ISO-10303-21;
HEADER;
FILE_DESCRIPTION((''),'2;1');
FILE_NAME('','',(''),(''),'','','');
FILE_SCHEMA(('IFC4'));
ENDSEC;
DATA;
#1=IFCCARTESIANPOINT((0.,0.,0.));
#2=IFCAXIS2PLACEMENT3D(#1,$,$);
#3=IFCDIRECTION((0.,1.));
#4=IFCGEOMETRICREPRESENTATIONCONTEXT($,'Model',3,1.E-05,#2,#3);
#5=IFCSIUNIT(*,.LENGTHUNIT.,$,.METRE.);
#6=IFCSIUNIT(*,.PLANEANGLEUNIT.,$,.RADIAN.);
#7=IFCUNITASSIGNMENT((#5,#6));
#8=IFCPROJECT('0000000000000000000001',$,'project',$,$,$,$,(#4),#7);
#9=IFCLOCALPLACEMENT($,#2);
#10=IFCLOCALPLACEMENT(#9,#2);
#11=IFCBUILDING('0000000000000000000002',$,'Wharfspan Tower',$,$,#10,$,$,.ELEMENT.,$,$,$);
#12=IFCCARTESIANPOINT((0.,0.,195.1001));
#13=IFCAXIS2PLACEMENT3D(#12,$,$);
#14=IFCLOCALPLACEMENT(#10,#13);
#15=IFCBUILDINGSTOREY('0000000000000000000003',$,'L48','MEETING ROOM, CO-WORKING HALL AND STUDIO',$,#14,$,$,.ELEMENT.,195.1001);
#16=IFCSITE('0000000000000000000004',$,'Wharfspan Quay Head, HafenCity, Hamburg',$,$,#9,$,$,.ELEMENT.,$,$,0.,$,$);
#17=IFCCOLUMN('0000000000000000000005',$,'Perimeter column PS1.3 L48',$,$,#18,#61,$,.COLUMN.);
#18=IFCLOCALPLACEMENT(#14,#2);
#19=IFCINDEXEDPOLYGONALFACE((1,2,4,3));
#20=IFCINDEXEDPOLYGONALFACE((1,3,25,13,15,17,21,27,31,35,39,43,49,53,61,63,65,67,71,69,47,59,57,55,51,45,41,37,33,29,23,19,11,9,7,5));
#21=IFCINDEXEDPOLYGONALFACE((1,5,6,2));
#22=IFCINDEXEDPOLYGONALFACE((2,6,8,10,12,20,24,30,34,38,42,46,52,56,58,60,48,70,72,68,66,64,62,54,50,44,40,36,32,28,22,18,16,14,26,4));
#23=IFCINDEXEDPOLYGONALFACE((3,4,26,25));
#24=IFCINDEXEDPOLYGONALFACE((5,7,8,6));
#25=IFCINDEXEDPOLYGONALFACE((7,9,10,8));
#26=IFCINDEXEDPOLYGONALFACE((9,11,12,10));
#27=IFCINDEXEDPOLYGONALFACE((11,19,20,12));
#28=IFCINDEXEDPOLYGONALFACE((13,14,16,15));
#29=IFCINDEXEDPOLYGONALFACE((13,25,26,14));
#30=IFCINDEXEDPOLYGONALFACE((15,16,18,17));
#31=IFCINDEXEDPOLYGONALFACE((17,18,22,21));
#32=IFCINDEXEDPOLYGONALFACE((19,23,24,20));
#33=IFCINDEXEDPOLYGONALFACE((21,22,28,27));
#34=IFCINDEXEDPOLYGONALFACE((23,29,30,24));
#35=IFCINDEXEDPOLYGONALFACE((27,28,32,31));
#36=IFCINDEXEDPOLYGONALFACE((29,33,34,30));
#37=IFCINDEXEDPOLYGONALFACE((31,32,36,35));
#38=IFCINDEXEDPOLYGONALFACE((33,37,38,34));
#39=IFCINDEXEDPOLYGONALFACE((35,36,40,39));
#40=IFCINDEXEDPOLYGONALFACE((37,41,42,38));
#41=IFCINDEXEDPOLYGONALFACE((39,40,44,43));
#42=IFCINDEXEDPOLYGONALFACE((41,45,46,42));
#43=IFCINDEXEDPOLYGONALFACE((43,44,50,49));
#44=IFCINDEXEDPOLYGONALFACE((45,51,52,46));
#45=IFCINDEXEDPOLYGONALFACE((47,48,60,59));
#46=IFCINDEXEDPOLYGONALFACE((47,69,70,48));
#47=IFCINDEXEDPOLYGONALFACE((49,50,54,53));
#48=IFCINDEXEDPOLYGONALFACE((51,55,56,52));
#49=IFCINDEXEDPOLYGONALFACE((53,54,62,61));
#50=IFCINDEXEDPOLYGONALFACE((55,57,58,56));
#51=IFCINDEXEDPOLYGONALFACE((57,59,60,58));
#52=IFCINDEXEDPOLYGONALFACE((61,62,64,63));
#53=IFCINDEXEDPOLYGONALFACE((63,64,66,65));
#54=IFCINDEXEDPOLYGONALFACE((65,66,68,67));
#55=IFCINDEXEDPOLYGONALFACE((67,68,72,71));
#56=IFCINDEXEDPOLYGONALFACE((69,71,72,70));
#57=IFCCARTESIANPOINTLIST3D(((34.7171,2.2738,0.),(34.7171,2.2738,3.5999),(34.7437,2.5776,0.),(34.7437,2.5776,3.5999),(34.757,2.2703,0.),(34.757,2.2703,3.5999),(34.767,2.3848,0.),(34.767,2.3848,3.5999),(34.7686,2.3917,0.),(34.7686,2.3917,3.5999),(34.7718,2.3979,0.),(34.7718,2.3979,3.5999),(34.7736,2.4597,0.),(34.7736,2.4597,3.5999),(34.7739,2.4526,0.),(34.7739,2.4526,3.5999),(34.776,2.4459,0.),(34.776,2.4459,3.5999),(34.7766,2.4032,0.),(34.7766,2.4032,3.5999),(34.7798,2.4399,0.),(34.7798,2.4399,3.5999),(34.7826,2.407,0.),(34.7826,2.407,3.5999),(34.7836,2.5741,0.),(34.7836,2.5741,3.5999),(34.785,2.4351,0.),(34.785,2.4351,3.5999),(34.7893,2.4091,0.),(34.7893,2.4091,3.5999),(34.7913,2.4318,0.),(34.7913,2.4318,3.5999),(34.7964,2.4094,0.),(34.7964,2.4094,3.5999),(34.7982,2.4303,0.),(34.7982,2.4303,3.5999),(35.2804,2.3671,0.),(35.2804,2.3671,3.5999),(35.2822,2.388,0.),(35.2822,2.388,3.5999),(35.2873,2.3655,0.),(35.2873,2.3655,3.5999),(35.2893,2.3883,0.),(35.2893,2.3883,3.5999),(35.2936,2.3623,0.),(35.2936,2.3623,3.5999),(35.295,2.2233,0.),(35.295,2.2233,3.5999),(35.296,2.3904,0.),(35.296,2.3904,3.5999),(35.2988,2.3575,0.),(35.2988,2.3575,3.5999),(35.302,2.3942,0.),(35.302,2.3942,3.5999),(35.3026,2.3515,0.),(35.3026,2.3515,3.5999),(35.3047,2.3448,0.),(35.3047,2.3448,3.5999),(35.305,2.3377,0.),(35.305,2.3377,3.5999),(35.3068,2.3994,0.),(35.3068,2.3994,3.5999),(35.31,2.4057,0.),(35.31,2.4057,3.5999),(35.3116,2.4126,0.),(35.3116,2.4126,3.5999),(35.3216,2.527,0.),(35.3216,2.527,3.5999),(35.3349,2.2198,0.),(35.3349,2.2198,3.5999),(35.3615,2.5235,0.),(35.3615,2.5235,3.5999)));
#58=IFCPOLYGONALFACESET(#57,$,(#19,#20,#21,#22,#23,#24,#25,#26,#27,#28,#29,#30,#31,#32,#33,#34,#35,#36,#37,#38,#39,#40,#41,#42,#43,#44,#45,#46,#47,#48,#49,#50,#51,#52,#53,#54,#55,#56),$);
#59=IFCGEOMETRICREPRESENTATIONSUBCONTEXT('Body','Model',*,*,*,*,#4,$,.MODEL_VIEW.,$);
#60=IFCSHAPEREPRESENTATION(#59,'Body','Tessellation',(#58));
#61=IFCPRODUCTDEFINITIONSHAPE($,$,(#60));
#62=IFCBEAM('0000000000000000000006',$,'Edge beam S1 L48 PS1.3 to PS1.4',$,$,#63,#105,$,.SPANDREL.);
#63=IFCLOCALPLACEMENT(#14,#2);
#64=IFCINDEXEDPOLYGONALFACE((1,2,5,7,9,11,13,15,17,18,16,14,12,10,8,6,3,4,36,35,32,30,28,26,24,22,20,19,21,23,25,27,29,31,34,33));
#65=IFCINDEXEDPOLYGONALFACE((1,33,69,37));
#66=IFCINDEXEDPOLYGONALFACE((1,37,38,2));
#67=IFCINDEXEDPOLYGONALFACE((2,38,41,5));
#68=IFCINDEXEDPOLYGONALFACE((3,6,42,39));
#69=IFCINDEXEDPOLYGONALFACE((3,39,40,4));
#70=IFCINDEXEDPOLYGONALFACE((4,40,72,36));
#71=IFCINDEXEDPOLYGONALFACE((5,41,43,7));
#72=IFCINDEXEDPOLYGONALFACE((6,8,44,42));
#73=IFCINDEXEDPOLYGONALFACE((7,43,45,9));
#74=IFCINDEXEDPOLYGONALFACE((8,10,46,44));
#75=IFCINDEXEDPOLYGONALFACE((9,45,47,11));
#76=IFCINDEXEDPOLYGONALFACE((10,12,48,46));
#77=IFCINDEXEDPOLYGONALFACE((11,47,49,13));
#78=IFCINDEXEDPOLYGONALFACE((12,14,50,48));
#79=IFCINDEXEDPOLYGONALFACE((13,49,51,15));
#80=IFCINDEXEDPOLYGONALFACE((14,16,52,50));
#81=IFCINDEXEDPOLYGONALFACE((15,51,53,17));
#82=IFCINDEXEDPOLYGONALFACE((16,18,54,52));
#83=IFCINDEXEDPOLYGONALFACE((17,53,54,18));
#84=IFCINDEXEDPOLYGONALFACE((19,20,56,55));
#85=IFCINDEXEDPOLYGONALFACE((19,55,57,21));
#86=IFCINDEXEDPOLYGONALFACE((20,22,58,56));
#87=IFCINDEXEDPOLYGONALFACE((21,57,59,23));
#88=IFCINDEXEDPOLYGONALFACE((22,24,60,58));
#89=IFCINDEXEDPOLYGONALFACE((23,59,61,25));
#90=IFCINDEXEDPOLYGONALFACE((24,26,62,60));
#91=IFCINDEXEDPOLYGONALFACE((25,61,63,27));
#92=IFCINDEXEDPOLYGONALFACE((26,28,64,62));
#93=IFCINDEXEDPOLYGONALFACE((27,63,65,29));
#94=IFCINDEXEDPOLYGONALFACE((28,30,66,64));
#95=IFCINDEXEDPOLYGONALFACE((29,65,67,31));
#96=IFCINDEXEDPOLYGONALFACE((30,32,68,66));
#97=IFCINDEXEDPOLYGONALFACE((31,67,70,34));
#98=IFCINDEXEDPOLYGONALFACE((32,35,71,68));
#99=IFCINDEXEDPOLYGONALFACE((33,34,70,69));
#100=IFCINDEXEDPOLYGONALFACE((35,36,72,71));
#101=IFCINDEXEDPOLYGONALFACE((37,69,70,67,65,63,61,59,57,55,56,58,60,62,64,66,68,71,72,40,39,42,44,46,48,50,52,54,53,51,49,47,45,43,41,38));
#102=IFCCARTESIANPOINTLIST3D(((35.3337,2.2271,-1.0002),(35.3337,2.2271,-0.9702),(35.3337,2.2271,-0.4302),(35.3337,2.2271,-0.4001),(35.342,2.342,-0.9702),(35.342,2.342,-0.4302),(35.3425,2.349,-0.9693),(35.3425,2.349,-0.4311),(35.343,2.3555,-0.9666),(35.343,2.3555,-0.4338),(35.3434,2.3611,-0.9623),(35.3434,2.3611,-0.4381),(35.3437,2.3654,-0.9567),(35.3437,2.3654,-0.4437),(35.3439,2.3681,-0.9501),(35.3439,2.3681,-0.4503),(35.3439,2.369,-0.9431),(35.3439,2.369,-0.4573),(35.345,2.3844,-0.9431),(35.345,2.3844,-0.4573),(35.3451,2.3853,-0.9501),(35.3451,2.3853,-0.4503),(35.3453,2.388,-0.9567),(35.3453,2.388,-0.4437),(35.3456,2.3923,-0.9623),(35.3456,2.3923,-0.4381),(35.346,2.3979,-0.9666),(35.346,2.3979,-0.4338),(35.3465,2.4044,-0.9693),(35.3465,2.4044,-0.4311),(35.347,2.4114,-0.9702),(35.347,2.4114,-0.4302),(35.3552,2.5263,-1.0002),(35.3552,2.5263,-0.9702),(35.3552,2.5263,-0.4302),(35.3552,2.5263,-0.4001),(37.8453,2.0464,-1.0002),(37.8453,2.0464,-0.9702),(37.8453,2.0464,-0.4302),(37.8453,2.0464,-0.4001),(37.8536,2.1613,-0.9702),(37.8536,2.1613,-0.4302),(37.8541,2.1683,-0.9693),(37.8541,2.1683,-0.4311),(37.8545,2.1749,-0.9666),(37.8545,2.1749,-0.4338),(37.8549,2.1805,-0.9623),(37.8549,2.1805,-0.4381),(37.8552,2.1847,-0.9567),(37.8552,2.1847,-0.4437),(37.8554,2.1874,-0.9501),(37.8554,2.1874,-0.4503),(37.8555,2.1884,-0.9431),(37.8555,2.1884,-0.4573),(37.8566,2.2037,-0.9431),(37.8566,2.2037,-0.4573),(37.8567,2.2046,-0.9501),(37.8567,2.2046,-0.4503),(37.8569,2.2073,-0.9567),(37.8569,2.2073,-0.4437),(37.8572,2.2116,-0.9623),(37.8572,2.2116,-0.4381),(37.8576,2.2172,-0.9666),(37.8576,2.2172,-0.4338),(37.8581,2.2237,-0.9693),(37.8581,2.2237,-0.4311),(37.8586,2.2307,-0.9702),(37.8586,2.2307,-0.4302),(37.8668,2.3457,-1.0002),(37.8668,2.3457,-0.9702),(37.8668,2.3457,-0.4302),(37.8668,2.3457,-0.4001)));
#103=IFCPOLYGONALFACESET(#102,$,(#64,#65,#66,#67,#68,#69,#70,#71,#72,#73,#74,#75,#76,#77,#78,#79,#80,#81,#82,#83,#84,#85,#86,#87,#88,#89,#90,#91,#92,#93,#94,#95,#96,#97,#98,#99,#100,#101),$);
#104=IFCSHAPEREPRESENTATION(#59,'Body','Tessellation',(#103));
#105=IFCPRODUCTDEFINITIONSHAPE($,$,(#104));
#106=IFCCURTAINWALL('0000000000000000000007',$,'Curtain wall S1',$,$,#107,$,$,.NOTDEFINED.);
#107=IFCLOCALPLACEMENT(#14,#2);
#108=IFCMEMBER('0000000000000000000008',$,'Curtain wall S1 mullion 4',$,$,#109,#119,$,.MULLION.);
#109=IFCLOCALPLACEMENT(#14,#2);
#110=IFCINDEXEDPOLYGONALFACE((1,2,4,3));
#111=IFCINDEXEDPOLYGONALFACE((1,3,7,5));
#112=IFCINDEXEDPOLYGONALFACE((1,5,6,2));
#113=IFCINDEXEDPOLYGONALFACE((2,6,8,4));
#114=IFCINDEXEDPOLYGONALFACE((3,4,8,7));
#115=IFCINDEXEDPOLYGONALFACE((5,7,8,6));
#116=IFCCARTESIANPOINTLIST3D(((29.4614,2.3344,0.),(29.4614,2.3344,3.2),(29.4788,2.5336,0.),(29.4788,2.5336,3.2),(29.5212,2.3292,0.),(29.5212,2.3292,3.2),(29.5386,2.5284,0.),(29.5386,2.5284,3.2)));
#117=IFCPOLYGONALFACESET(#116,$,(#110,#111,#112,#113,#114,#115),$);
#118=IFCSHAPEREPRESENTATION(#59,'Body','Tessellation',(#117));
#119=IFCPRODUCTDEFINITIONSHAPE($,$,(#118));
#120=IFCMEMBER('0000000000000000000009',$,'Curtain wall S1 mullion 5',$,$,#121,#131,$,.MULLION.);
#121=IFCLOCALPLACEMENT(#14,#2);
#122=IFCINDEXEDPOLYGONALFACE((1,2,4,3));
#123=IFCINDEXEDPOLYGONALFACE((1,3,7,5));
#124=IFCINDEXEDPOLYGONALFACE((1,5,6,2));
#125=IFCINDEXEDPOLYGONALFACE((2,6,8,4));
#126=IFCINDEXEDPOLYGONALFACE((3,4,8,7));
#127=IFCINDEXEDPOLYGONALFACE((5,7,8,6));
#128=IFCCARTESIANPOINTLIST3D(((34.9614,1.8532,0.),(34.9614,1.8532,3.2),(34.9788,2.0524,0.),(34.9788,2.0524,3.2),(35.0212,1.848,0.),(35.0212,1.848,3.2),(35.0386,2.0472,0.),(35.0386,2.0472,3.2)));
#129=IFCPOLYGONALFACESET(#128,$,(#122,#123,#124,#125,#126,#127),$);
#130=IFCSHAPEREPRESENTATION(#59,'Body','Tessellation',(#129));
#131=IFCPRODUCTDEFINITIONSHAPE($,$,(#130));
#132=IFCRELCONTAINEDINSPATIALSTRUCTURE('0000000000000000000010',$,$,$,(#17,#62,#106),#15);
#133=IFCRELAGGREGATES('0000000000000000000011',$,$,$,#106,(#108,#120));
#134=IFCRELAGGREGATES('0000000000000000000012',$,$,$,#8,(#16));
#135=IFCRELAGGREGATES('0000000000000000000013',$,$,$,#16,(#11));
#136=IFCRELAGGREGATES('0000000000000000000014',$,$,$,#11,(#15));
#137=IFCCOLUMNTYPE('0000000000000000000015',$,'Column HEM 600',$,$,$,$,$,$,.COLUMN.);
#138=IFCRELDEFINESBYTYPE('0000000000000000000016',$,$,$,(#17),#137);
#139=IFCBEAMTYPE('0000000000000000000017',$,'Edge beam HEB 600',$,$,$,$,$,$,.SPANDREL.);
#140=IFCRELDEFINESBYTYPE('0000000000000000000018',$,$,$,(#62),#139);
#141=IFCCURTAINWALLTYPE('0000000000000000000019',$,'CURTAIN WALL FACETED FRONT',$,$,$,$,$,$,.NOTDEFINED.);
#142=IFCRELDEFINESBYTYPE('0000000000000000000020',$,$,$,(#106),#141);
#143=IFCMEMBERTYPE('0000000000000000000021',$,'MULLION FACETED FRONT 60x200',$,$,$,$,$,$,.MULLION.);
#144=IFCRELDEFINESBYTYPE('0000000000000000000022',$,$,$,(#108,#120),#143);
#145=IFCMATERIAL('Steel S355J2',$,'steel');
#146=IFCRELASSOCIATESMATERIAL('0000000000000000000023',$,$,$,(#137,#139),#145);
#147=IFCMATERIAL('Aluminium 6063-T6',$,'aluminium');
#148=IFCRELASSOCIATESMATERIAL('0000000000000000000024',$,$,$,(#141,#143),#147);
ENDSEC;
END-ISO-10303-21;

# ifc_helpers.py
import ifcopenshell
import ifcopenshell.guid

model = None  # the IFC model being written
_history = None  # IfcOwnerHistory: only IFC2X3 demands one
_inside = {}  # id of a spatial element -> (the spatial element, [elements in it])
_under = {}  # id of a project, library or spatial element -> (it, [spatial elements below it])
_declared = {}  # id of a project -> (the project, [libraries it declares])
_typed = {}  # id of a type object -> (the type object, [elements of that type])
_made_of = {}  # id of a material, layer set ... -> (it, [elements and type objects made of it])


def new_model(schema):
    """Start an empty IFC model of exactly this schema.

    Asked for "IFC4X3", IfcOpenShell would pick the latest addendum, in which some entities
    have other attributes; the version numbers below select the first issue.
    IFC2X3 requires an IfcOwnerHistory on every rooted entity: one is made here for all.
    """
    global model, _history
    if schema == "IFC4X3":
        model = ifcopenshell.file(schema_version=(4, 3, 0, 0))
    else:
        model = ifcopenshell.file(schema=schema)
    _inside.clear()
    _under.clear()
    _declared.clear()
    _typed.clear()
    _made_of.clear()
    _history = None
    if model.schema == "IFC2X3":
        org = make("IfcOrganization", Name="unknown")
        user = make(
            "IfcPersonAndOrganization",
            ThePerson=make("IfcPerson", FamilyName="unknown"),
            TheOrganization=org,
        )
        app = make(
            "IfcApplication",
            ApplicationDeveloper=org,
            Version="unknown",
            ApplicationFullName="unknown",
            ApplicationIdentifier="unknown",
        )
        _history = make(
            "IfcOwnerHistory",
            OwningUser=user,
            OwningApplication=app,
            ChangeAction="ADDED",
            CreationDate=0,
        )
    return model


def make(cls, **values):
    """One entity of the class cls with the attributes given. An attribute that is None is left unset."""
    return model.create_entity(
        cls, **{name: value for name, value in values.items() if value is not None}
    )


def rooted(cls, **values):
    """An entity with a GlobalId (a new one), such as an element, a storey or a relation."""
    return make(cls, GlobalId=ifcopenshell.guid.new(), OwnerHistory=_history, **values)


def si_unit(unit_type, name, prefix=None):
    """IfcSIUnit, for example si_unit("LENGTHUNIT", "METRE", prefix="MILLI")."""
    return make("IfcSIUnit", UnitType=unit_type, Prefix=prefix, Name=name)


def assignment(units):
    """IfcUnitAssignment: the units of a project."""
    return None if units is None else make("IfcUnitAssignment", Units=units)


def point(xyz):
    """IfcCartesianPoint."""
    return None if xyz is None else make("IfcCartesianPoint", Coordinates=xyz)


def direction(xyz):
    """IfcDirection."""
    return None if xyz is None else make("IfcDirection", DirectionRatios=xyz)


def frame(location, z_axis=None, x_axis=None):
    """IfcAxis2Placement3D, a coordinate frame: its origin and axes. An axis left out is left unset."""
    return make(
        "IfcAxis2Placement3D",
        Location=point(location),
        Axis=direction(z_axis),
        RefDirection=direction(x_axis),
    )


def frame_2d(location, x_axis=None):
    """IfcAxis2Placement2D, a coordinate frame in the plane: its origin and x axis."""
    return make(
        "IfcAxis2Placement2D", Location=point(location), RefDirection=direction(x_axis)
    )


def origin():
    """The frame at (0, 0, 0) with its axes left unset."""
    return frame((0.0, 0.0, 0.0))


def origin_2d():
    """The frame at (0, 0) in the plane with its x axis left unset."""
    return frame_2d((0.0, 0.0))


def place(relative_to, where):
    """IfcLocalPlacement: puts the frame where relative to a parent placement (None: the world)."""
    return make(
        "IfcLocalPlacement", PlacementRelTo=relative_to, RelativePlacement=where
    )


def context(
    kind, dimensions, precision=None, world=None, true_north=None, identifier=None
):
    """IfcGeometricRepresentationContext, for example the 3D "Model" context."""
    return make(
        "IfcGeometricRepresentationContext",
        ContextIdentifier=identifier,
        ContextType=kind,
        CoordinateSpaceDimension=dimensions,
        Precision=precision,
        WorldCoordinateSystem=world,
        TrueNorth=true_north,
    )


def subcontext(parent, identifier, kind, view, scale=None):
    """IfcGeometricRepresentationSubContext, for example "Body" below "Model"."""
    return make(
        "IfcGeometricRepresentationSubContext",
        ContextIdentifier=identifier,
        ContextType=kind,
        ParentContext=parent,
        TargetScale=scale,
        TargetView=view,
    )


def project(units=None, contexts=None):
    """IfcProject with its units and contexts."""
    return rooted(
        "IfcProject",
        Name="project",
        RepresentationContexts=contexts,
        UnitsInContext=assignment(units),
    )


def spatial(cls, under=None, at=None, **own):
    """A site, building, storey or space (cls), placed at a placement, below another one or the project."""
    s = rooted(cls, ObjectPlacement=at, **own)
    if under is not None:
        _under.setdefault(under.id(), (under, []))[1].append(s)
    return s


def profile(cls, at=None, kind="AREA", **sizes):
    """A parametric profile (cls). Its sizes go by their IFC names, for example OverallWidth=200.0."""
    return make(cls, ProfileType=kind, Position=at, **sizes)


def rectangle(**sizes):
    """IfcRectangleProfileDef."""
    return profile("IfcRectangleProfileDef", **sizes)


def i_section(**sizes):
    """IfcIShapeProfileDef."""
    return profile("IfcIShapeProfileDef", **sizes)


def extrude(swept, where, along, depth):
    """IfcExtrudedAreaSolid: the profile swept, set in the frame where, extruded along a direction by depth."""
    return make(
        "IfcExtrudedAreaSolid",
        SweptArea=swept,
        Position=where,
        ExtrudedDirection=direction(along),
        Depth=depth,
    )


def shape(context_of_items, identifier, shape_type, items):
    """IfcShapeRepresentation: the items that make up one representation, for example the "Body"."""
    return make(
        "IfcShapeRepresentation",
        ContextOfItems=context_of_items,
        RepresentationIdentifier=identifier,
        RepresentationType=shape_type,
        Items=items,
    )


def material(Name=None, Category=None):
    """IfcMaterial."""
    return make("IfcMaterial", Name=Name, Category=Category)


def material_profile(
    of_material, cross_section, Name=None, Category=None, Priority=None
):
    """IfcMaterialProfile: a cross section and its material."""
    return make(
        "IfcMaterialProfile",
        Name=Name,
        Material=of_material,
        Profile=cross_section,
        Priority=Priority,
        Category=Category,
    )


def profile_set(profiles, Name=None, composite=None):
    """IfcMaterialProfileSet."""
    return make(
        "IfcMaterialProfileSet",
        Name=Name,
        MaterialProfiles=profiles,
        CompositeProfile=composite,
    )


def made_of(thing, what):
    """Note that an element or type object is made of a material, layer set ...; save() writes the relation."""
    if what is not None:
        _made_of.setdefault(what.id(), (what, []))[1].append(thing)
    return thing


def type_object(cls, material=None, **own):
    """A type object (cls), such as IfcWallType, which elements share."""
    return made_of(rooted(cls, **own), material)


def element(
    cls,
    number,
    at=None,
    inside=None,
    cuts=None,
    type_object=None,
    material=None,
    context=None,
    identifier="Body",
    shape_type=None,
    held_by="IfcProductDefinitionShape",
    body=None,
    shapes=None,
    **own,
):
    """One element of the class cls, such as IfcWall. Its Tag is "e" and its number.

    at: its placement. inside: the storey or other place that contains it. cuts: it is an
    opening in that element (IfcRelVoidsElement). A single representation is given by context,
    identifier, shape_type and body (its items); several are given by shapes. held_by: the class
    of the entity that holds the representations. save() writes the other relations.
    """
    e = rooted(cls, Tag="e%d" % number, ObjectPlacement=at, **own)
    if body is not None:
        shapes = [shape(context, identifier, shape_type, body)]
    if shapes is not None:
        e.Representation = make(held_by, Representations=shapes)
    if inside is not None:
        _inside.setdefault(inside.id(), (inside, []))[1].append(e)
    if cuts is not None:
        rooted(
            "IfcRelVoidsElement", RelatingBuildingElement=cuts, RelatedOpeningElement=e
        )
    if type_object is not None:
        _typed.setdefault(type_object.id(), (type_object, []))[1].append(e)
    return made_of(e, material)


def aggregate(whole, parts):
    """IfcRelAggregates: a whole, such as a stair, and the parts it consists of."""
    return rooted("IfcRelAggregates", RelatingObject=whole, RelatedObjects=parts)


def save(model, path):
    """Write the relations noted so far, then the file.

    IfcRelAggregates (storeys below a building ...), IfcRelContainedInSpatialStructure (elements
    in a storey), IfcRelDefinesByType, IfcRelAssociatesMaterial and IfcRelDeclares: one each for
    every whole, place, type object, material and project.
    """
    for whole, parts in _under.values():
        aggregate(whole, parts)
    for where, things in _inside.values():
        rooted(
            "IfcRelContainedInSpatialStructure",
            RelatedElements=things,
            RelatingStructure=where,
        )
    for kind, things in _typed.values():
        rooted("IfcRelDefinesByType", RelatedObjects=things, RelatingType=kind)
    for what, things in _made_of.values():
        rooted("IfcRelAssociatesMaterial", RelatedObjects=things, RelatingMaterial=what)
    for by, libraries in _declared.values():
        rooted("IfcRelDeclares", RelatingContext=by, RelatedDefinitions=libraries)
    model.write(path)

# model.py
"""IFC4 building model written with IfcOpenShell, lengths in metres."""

from ifc_helpers import new_model, si_unit, direction, frame, origin, origin_2d, place, context, subcontext, project, spatial, rectangle, i_section, extrude, material, material_profile, profile_set, type_object, element, aggregate, save


model = new_model("IFC4")

# Units and contexts
model_context = context("Model", 3, precision=1e-05, world=origin(), true_north=direction((0.0, 1.0)))
body_context = subcontext(model_context, "Body", "Model", "MODEL_VIEW")
ifc_project = project(units=[si_unit("LENGTHUNIT", "METRE"), si_unit("PLANEANGLEUNIT", "RADIAN")], contexts=[model_context])

# Site, building, storey
site_placement = place(None, origin())
site = spatial("IfcSite", under=ifc_project, at=site_placement, Name="Wharfspan Quay Head, HafenCity, Hamburg", CompositionType="ELEMENT", RefElevation=0.0)
building_placement = place(site_placement, origin())
building = spatial("IfcBuilding", under=site, at=building_placement, Name="Wharfspan Tower", CompositionType="ELEMENT")
storey_placement = place(building_placement, frame((0.0, 0.0, 195.1001)))
storey = spatial("IfcBuildingStorey", under=building, at=storey_placement, Name="L48", Description="MEETING ROOM, CO-WORKING HALL AND STUDIO", CompositionType="ELEMENT", Elevation=195.1001)

# Column
ifc_material_1 = material(Name="Steel S355J2", Category="steel")
ifc_material_profile_1 = material_profile(ifc_material_1, i_section(OverallWidth=0.3049, OverallDepth=0.6201, WebThickness=0.021, FlangeThickness=0.04, FilletRadius=0.0271, at=origin_2d()))
ifc_profile_set_1 = profile_set([ifc_material_profile_1], Name="Steel S355J2")
column_type = type_object("IfcColumnType", Name="Column HEM 600", PredefinedType="COLUMN", material=ifc_profile_set_1)
column_placement = place(storey_placement, frame((35.0393, 2.3987, 0.0), z_axis=(0.0, 0.0, 1.0), x_axis=(-0.087156, -0.996198, 0.0)))
element("IfcColumn", 1, at=column_placement, inside=storey, type_object=column_type, Name="Perimeter column PS1.3 L48", PredefinedType="COLUMN", context=body_context, shape_type="SweptSolid", body=[
    extrude(i_section(OverallWidth=0.3049, OverallDepth=0.6201, WebThickness=0.021, FlangeThickness=0.04, FilletRadius=0.0271, at=origin_2d()), origin(), (0.0, 0.0, 1.0), 3.5999),
])

# Beam
ifc_material_profile_2 = material_profile(ifc_material_1, i_section(OverallWidth=0.3, OverallDepth=0.6001, WebThickness=0.0154, FlangeThickness=0.03, FilletRadius=0.0271, at=origin_2d()))
ifc_profile_set_2 = profile_set([ifc_material_profile_2], Name="Steel S355J2")
beam_type = type_object("IfcBeamType", Name="Edge beam HEB 600", PredefinedType="SPANDREL", material=ifc_profile_set_2)
beam_placement = place(storey_placement, frame((35.3445, 2.3767, -0.7002), z_axis=(0.997423, -0.07175, 0.0), x_axis=(0.07175, 0.997423, 0.0)))
element("IfcBeam", 2, at=beam_placement, inside=storey, type_object=beam_type, Name="Edge beam S1 L48 PS1.3 to PS1.4", PredefinedType="SPANDREL", context=body_context, shape_type="SweptSolid", body=[
    extrude(i_section(OverallWidth=0.3, OverallDepth=0.6001, WebThickness=0.0154, FlangeThickness=0.03, FilletRadius=0.0271, at=origin_2d()), origin(), (0.0, 0.0, 1.0), 2.5181),
])

# Curtain wall, members
ifc_material_2 = material(Name="Aluminium 6063-T6", Category="aluminium")
curtain_wall_type = type_object("IfcCurtainWallType", Name="CURTAIN WALL FACETED FRONT", PredefinedType="NOTDEFINED", material=ifc_material_2)
curtain_wall_placement = place(storey_placement, origin())
curtain_wall = element("IfcCurtainWall", 3, at=curtain_wall_placement, inside=storey, type_object=curtain_wall_type, Name="Curtain wall S1", PredefinedType="NOTDEFINED")
ifc_material_profile_3 = material_profile(ifc_material_2, rectangle(XDim=0.2, YDim=0.0601, at=origin_2d()))
ifc_profile_set_3 = profile_set([ifc_material_profile_3], Name="Aluminium 6063-T6")
member_type_1 = type_object("IfcMemberType", Name="MULLION FACETED FRONT 60x200", PredefinedType="MULLION", material=ifc_profile_set_3)
member_1_placement = place(storey_placement, frame((29.5, 2.4314, 0.0), z_axis=(0.0, 0.0, 1.0), x_axis=(0.087156, 0.996198, 0.0)))
member_1 = element("IfcMember", 4, at=member_1_placement, type_object=member_type_1, Name="Curtain wall S1 mullion 4", PredefinedType="MULLION", context=body_context, shape_type="SweptSolid", body=[
    extrude(rectangle(XDim=0.2, YDim=0.0601, at=origin_2d()), origin(), (0.0, 0.0, 1.0), 3.2),
])
member_2_placement = place(storey_placement, frame((35.0, 1.9502, 0.0), z_axis=(0.0, 0.0, 1.0), x_axis=(0.087156, 0.996198, 0.0)))
member_2 = element("IfcMember", 5, at=member_2_placement, type_object=member_type_1, Name="Curtain wall S1 mullion 5", PredefinedType="MULLION", context=body_context, shape_type="SweptSolid", body=[
    extrude(rectangle(XDim=0.2, YDim=0.0601, at=origin_2d()), origin(), (0.0, 0.0, 1.0), 3.2),
])

aggregate(curtain_wall, [member_1, member_2])

save(model, "model.ifc")
